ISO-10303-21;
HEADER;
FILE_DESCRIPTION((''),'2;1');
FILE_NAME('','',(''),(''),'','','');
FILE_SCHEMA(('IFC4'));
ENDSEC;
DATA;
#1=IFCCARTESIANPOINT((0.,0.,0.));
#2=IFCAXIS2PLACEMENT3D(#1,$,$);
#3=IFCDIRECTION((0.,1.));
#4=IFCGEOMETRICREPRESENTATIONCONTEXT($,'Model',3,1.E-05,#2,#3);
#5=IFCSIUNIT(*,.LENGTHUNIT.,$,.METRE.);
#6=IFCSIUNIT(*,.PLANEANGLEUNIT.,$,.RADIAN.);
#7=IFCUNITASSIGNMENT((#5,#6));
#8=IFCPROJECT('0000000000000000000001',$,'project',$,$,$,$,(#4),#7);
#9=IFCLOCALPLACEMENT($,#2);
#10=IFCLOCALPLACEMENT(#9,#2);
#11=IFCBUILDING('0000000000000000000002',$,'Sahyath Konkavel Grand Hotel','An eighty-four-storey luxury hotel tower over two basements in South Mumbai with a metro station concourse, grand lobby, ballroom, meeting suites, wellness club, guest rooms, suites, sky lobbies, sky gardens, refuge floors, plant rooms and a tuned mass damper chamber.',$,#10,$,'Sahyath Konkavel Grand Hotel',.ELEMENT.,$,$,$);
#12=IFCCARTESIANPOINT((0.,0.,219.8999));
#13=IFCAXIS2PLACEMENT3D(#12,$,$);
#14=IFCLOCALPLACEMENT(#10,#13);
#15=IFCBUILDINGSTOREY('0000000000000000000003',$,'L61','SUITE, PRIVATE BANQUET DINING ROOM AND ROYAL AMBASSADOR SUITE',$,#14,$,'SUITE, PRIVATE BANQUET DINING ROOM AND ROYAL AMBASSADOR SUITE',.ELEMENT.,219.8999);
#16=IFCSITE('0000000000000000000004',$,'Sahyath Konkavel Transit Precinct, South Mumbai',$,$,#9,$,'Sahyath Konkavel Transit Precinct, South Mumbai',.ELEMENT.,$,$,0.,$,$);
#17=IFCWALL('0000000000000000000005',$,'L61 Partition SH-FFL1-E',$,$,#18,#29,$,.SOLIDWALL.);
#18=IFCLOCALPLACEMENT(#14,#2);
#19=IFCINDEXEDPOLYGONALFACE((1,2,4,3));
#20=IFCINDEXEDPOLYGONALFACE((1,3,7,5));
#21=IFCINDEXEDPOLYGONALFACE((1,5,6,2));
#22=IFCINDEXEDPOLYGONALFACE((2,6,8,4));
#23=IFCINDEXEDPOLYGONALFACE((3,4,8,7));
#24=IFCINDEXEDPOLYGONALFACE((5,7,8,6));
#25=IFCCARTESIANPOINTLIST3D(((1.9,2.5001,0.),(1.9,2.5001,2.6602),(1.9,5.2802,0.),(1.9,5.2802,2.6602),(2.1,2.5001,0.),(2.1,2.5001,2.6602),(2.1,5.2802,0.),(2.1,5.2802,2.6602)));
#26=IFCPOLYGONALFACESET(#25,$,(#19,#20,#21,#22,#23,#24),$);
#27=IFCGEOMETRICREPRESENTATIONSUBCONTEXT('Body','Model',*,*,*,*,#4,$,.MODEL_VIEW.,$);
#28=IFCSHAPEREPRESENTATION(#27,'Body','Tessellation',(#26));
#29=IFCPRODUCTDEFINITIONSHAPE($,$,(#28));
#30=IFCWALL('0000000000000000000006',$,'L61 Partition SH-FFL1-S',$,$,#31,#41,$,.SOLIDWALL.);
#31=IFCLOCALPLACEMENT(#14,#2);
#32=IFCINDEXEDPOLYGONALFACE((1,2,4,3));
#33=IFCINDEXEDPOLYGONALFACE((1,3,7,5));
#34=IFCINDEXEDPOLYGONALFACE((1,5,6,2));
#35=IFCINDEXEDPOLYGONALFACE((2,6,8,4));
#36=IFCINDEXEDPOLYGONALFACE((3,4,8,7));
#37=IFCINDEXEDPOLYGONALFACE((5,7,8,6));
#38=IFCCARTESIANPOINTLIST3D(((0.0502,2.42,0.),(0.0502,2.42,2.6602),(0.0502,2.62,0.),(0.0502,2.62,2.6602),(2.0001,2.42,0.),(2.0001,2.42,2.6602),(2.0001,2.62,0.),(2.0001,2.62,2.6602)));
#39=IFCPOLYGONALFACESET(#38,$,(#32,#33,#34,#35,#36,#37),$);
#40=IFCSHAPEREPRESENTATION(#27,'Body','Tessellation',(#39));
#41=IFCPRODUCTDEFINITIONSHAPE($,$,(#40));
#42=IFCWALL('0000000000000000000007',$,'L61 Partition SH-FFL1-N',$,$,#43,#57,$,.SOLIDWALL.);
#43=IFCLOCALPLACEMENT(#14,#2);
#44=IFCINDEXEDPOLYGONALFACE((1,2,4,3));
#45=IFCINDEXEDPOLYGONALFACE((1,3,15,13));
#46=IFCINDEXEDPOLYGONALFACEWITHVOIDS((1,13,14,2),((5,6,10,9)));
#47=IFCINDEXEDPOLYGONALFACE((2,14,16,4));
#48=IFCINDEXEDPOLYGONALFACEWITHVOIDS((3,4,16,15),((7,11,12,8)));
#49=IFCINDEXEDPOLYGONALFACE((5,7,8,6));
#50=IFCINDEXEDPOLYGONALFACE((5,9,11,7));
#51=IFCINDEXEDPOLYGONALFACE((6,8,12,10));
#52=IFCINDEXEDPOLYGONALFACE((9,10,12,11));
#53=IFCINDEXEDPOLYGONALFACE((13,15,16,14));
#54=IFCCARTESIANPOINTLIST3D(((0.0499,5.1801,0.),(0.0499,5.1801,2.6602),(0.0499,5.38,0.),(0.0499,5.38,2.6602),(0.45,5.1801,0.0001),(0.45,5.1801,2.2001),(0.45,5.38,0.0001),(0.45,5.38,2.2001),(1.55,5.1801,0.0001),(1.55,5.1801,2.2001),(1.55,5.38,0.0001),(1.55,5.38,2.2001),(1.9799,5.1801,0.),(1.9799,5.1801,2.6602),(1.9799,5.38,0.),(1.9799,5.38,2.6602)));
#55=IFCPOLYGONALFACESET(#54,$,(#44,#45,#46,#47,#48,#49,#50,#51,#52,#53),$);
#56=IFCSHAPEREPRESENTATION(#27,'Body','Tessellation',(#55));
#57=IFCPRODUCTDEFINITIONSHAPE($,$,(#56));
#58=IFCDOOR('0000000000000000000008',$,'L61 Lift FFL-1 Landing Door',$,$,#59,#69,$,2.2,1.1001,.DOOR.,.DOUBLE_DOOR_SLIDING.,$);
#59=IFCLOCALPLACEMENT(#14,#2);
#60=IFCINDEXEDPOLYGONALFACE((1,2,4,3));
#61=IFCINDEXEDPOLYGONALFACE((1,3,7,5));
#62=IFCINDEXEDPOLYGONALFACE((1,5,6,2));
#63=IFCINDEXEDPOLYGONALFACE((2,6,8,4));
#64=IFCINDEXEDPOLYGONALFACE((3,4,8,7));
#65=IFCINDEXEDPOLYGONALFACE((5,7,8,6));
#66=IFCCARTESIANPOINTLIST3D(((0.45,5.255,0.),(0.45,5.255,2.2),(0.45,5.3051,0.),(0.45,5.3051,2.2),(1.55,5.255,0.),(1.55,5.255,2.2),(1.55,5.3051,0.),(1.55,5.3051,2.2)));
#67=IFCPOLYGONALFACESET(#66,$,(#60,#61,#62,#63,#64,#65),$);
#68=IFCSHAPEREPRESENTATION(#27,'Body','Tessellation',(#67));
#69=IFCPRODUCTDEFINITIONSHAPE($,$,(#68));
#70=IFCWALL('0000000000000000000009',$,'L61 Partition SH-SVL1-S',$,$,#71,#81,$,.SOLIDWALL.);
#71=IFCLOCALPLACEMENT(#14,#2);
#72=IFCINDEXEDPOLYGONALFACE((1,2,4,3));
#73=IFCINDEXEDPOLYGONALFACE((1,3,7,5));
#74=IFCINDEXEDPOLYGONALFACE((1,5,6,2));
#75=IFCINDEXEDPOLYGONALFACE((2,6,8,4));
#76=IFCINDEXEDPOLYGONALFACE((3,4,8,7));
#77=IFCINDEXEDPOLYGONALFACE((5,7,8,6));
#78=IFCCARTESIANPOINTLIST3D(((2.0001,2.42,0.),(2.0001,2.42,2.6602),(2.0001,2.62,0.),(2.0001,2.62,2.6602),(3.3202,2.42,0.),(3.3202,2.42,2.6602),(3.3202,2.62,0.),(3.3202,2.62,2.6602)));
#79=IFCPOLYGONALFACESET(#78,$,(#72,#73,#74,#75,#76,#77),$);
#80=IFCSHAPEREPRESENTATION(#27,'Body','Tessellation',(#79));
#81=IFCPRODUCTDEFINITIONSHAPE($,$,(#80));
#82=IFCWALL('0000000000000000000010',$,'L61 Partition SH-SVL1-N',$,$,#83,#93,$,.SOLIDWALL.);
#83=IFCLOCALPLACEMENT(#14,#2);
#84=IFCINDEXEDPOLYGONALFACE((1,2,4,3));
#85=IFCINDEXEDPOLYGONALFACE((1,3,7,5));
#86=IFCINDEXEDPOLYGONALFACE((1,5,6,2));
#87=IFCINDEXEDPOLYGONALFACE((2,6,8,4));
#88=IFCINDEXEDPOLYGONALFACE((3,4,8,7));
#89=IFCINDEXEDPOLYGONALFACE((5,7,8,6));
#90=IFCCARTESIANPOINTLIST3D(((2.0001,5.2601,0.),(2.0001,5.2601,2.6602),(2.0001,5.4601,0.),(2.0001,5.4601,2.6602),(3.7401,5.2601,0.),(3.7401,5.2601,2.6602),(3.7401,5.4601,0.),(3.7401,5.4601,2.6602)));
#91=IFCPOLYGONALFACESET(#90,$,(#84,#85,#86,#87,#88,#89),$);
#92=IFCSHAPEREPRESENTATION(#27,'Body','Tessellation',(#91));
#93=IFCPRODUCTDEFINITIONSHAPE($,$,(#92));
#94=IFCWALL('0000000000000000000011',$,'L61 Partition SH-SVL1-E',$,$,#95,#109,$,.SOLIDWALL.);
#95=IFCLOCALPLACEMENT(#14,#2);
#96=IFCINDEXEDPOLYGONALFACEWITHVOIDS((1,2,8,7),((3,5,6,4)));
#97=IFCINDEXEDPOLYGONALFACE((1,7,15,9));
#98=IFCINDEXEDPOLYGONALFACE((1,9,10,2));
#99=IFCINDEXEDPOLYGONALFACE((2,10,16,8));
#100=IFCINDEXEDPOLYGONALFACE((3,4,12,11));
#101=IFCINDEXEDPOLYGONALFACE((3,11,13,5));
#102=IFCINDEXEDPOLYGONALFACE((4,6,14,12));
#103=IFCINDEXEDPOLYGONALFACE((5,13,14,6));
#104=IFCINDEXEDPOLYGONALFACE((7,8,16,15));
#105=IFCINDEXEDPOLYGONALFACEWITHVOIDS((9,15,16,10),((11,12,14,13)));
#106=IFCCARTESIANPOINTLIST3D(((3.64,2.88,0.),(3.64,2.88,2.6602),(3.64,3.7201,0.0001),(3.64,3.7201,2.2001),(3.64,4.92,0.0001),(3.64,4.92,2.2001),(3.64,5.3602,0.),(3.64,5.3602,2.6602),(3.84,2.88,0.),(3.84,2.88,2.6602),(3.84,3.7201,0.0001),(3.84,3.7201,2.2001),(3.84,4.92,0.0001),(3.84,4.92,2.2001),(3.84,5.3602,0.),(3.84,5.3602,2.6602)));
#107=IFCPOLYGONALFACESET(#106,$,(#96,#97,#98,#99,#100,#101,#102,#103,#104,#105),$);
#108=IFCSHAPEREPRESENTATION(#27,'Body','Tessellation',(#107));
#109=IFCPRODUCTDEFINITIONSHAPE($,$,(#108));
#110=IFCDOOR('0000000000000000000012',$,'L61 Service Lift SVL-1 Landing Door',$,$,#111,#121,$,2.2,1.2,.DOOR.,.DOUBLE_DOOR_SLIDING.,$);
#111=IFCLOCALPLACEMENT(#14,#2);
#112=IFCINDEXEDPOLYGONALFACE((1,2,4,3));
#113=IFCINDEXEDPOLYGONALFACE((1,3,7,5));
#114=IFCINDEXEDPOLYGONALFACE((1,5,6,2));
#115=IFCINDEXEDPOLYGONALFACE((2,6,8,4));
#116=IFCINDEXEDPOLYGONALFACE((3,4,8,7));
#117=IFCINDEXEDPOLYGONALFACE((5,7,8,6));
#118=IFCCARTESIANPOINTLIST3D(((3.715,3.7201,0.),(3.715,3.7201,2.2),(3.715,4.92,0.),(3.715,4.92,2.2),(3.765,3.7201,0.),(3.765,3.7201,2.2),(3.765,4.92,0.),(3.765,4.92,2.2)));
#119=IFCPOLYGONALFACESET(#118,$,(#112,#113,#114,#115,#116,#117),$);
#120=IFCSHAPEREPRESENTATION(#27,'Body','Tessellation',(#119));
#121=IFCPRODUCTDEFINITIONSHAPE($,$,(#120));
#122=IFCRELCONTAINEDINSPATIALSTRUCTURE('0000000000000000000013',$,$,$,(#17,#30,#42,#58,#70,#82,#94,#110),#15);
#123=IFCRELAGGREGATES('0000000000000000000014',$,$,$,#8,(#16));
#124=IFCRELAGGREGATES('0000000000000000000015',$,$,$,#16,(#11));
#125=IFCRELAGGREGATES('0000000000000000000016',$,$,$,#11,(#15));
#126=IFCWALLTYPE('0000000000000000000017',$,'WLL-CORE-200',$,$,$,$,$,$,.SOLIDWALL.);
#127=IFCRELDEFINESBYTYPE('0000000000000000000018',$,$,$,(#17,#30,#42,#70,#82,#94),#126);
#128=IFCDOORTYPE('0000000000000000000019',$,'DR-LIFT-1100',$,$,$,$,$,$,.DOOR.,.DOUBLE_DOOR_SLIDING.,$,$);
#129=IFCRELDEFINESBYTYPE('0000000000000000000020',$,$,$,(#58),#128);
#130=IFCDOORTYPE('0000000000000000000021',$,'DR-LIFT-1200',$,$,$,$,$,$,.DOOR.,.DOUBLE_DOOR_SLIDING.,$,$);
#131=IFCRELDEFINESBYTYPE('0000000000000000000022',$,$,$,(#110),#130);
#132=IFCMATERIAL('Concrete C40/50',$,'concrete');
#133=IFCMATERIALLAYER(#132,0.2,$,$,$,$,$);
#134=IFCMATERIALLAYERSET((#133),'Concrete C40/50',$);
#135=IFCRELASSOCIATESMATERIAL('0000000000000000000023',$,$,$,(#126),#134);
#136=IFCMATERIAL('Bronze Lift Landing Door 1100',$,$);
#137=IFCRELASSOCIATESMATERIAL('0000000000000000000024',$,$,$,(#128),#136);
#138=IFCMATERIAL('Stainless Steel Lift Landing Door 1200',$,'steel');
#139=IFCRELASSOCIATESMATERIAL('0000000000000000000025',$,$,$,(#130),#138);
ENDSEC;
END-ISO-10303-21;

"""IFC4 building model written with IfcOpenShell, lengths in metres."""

from ifc_helpers import new_model, si_unit, direction, frame, frame_2d, origin, origin_2d, place, context, subcontext, project, spatial, rectangle, extrude, source, transform, mapped, material, layer, layer_set, type_object, element, fill, save


model = new_model("IFC4")

# Units and contexts
model_context = context("Model", 3, precision=1e-05, world=origin(), true_north=direction((0.0, 1.0)))
body_context = subcontext(model_context, "Body", "Model", "MODEL_VIEW")
ifc_project = project(units=[si_unit("LENGTHUNIT", "METRE"), si_unit("PLANEANGLEUNIT", "RADIAN")], contexts=[model_context])

# Site, building, storey
site_placement = place(None, origin())
site = spatial("IfcSite", under=ifc_project, at=site_placement, Name="Sahyath Konkavel Transit Precinct, South Mumbai", LongName="Sahyath Konkavel Transit Precinct, South Mumbai", CompositionType="ELEMENT", RefElevation=0.0)
building_placement = place(site_placement, origin())
building = spatial("IfcBuilding", under=site, at=building_placement, Name="Sahyath Konkavel Grand Hotel", Description="An eighty-four-storey luxury hotel tower over two basements in South Mumbai with a metro station concourse, grand lobby, ballroom, meeting suites, wellness club, guest rooms, suites, sky lobbies, sky gardens, refuge floors, plant rooms and a tuned mass damper chamber.", LongName="Sahyath Konkavel Grand Hotel", CompositionType="ELEMENT")
storey_placement = place(building_placement, frame((0.0, 0.0, 219.8999)))
storey = spatial("IfcBuildingStorey", under=building, at=storey_placement, Name="L61", Description="SUITE, PRIVATE BANQUET DINING ROOM AND ROYAL AMBASSADOR SUITE", LongName="SUITE, PRIVATE BANQUET DINING ROOM AND ROYAL AMBASSADOR SUITE", CompositionType="ELEMENT", Elevation=219.8999)

# Shared definitions
ifc_material_1 = material(Name="Concrete C40/50", Category="concrete")
ifc_layer = layer(ifc_material_1, 0.2)
ifc_layer_set = layer_set([ifc_layer], Name="Concrete C40/50")
wall_type = type_object("IfcWallType", Name="WLL-CORE-200", PredefinedType="SOLIDWALL", material=ifc_layer_set)

# Walls
wall_1_placement = place(storey_placement, frame((2.0, 2.5, 0.0), z_axis=(0.0, 0.0, 1.0), x_axis=(0.0, 1.0, 0.0)))
element("IfcWall", 1, at=wall_1_placement, inside=storey, type_object=wall_type, Name="L61 Partition SH-FFL1-E", PredefinedType="SOLIDWALL", context=body_context, shape_type="SweptSolid", body=[
    extrude(rectangle(XDim=2.78, YDim=0.2, at=frame_2d((1.3901, 0.0))), origin(), (0.0, 0.0, 1.0), 2.6602),
])
wall_2_placement = place(storey_placement, frame((0.05, 2.52, 0.0), z_axis=(0.0, 0.0, 1.0), x_axis=(1.0, 0.0, 0.0)))
element("IfcWall", 2, at=wall_2_placement, inside=storey, type_object=wall_type, Name="L61 Partition SH-FFL1-S", PredefinedType="SOLIDWALL", context=body_context, shape_type="SweptSolid", body=[
    extrude(rectangle(XDim=1.95, YDim=0.2, at=frame_2d((0.9751, 0.0))), origin(), (0.0, 0.0, 1.0), 2.6602),
])

# Wall, opening, door
wall_3_placement = place(storey_placement, frame((0.05, 5.28, 0.0), z_axis=(0.0, 0.0, 1.0), x_axis=(1.0, 0.0, 0.0)))
wall_3 = element("IfcWall", 3, at=wall_3_placement, inside=storey, type_object=wall_type, Name="L61 Partition SH-FFL1-N", PredefinedType="SOLIDWALL", context=body_context, shape_type="SweptSolid", body=[
    extrude(rectangle(XDim=1.9299, YDim=0.2, at=frame_2d((0.9648, 0.0))), origin(), (0.0, 0.0, 1.0), 2.6602),
])
opening_1_placement = place(wall_3_placement, frame((0.3999, 0.0, 0.0)))
opening_1 = element("IfcOpeningElement", 4, at=opening_1_placement, cuts=wall_3, PredefinedType="OPENING", context=body_context, shape_type="SweptSolid", body=[
    extrude(rectangle(XDim=1.1001, YDim=2.2, at=frame_2d((0.55, 1.1001))), frame((0.0, 0.1099, 0.0), z_axis=(0.0, -1.0, 0.0), x_axis=(1.0, 0.0, 0.0)), (0.0, 0.0, 1.0), 0.22),
])
ifc_material_2 = material(Name="Bronze Lift Landing Door 1100")
door_type_1 = type_object("IfcDoorType", Name="DR-LIFT-1100", OperationType="DOUBLE_DOOR_SLIDING", PredefinedType="DOOR", material=ifc_material_2)
shared_shape_1 = source(origin(), body_context, "Body", "SweptSolid", [
    extrude(rectangle(XDim=1.1001, YDim=0.05, at=origin_2d()), origin(), (0.0, 0.0, 1.0), 2.2),
])
door_1_placement = place(opening_1_placement, frame((0.55, 0.0, 0.0)))
door_1 = element("IfcDoor", 5, at=door_1_placement, inside=storey, type_object=door_type_1, Name="L61 Lift FFL-1 Landing Door", OperationType="DOUBLE_DOOR_SLIDING", OverallHeight=2.2, OverallWidth=1.1001, PredefinedType="DOOR", context=body_context, shape_type="MappedRepresentation", body=[
    mapped(shared_shape_1, transform((0.0, 0.0, 0.0), scale=1.0)),
])
fill(opening_1, door_1)

# Walls
wall_4_placement = place(storey_placement, frame((2.0, 2.52, 0.0), z_axis=(0.0, 0.0, 1.0), x_axis=(1.0, 0.0, 0.0)))
element("IfcWall", 6, at=wall_4_placement, inside=storey, type_object=wall_type, Name="L61 Partition SH-SVL1-S", PredefinedType="SOLIDWALL", context=body_context, shape_type="SweptSolid", body=[
    extrude(rectangle(XDim=1.3201, YDim=0.2, at=frame_2d((0.6602, 0.0))), origin(), (0.0, 0.0, 1.0), 2.6602),
])
wall_5_placement = place(storey_placement, frame((2.0, 5.3601, 0.0), z_axis=(0.0, 0.0, 1.0), x_axis=(1.0, 0.0, 0.0)))
element("IfcWall", 7, at=wall_5_placement, inside=storey, type_object=wall_type, Name="L61 Partition SH-SVL1-N", PredefinedType="SOLIDWALL", context=body_context, shape_type="SweptSolid", body=[
    extrude(rectangle(XDim=1.74, YDim=0.2, at=frame_2d((0.8701, 0.0))), origin(), (0.0, 0.0, 1.0), 2.6602),
])

# Wall, opening, door
wall_6_placement = place(storey_placement, frame((3.74, 2.8799, 0.0), z_axis=(0.0, 0.0, 1.0), x_axis=(0.0, 1.0, 0.0)))
wall_6 = element("IfcWall", 8, at=wall_6_placement, inside=storey, type_object=wall_type, Name="L61 Partition SH-SVL1-E", PredefinedType="SOLIDWALL", context=body_context, shape_type="SweptSolid", body=[
    extrude(rectangle(XDim=2.4802, YDim=0.2, at=frame_2d((1.2402, 0.0))), origin(), (0.0, 0.0, 1.0), 2.6602),
])
opening_2_placement = place(wall_6_placement, frame((0.8401, 0.0, 0.0)))
opening_2 = element("IfcOpeningElement", 9, at=opening_2_placement, cuts=wall_6, PredefinedType="OPENING", context=body_context, shape_type="SweptSolid", body=[
    extrude(rectangle(XDim=1.2, YDim=2.2, at=frame_2d((0.6001, 1.1001))), frame((0.0, 0.1099, 0.0), z_axis=(0.0, -1.0, 0.0), x_axis=(1.0, 0.0, 0.0)), (0.0, 0.0, 1.0), 0.22),
])
ifc_material_3 = material(Name="Stainless Steel Lift Landing Door 1200", Category="steel")
door_type_2 = type_object("IfcDoorType", Name="DR-LIFT-1200", OperationType="DOUBLE_DOOR_SLIDING", PredefinedType="DOOR", material=ifc_material_3)
shared_shape_2 = source(origin(), body_context, "Body", "SweptSolid", [
    extrude(rectangle(XDim=1.2, YDim=0.05, at=origin_2d()), origin(), (0.0, 0.0, 1.0), 2.2),
])
door_2_placement = place(opening_2_placement, frame((0.6001, 0.0, 0.0)))
door_2 = element("IfcDoor", 10, at=door_2_placement, inside=storey, type_object=door_type_2, Name="L61 Service Lift SVL-1 Landing Door", OperationType="DOUBLE_DOOR_SLIDING", OverallHeight=2.2, OverallWidth=1.2, PredefinedType="DOOR", context=body_context, shape_type="MappedRepresentation", body=[
    mapped(shared_shape_2, transform((0.0, 0.0, 0.0), scale=1.0)),
])
fill(opening_2, door_2)

save(model, "model.ifc")
